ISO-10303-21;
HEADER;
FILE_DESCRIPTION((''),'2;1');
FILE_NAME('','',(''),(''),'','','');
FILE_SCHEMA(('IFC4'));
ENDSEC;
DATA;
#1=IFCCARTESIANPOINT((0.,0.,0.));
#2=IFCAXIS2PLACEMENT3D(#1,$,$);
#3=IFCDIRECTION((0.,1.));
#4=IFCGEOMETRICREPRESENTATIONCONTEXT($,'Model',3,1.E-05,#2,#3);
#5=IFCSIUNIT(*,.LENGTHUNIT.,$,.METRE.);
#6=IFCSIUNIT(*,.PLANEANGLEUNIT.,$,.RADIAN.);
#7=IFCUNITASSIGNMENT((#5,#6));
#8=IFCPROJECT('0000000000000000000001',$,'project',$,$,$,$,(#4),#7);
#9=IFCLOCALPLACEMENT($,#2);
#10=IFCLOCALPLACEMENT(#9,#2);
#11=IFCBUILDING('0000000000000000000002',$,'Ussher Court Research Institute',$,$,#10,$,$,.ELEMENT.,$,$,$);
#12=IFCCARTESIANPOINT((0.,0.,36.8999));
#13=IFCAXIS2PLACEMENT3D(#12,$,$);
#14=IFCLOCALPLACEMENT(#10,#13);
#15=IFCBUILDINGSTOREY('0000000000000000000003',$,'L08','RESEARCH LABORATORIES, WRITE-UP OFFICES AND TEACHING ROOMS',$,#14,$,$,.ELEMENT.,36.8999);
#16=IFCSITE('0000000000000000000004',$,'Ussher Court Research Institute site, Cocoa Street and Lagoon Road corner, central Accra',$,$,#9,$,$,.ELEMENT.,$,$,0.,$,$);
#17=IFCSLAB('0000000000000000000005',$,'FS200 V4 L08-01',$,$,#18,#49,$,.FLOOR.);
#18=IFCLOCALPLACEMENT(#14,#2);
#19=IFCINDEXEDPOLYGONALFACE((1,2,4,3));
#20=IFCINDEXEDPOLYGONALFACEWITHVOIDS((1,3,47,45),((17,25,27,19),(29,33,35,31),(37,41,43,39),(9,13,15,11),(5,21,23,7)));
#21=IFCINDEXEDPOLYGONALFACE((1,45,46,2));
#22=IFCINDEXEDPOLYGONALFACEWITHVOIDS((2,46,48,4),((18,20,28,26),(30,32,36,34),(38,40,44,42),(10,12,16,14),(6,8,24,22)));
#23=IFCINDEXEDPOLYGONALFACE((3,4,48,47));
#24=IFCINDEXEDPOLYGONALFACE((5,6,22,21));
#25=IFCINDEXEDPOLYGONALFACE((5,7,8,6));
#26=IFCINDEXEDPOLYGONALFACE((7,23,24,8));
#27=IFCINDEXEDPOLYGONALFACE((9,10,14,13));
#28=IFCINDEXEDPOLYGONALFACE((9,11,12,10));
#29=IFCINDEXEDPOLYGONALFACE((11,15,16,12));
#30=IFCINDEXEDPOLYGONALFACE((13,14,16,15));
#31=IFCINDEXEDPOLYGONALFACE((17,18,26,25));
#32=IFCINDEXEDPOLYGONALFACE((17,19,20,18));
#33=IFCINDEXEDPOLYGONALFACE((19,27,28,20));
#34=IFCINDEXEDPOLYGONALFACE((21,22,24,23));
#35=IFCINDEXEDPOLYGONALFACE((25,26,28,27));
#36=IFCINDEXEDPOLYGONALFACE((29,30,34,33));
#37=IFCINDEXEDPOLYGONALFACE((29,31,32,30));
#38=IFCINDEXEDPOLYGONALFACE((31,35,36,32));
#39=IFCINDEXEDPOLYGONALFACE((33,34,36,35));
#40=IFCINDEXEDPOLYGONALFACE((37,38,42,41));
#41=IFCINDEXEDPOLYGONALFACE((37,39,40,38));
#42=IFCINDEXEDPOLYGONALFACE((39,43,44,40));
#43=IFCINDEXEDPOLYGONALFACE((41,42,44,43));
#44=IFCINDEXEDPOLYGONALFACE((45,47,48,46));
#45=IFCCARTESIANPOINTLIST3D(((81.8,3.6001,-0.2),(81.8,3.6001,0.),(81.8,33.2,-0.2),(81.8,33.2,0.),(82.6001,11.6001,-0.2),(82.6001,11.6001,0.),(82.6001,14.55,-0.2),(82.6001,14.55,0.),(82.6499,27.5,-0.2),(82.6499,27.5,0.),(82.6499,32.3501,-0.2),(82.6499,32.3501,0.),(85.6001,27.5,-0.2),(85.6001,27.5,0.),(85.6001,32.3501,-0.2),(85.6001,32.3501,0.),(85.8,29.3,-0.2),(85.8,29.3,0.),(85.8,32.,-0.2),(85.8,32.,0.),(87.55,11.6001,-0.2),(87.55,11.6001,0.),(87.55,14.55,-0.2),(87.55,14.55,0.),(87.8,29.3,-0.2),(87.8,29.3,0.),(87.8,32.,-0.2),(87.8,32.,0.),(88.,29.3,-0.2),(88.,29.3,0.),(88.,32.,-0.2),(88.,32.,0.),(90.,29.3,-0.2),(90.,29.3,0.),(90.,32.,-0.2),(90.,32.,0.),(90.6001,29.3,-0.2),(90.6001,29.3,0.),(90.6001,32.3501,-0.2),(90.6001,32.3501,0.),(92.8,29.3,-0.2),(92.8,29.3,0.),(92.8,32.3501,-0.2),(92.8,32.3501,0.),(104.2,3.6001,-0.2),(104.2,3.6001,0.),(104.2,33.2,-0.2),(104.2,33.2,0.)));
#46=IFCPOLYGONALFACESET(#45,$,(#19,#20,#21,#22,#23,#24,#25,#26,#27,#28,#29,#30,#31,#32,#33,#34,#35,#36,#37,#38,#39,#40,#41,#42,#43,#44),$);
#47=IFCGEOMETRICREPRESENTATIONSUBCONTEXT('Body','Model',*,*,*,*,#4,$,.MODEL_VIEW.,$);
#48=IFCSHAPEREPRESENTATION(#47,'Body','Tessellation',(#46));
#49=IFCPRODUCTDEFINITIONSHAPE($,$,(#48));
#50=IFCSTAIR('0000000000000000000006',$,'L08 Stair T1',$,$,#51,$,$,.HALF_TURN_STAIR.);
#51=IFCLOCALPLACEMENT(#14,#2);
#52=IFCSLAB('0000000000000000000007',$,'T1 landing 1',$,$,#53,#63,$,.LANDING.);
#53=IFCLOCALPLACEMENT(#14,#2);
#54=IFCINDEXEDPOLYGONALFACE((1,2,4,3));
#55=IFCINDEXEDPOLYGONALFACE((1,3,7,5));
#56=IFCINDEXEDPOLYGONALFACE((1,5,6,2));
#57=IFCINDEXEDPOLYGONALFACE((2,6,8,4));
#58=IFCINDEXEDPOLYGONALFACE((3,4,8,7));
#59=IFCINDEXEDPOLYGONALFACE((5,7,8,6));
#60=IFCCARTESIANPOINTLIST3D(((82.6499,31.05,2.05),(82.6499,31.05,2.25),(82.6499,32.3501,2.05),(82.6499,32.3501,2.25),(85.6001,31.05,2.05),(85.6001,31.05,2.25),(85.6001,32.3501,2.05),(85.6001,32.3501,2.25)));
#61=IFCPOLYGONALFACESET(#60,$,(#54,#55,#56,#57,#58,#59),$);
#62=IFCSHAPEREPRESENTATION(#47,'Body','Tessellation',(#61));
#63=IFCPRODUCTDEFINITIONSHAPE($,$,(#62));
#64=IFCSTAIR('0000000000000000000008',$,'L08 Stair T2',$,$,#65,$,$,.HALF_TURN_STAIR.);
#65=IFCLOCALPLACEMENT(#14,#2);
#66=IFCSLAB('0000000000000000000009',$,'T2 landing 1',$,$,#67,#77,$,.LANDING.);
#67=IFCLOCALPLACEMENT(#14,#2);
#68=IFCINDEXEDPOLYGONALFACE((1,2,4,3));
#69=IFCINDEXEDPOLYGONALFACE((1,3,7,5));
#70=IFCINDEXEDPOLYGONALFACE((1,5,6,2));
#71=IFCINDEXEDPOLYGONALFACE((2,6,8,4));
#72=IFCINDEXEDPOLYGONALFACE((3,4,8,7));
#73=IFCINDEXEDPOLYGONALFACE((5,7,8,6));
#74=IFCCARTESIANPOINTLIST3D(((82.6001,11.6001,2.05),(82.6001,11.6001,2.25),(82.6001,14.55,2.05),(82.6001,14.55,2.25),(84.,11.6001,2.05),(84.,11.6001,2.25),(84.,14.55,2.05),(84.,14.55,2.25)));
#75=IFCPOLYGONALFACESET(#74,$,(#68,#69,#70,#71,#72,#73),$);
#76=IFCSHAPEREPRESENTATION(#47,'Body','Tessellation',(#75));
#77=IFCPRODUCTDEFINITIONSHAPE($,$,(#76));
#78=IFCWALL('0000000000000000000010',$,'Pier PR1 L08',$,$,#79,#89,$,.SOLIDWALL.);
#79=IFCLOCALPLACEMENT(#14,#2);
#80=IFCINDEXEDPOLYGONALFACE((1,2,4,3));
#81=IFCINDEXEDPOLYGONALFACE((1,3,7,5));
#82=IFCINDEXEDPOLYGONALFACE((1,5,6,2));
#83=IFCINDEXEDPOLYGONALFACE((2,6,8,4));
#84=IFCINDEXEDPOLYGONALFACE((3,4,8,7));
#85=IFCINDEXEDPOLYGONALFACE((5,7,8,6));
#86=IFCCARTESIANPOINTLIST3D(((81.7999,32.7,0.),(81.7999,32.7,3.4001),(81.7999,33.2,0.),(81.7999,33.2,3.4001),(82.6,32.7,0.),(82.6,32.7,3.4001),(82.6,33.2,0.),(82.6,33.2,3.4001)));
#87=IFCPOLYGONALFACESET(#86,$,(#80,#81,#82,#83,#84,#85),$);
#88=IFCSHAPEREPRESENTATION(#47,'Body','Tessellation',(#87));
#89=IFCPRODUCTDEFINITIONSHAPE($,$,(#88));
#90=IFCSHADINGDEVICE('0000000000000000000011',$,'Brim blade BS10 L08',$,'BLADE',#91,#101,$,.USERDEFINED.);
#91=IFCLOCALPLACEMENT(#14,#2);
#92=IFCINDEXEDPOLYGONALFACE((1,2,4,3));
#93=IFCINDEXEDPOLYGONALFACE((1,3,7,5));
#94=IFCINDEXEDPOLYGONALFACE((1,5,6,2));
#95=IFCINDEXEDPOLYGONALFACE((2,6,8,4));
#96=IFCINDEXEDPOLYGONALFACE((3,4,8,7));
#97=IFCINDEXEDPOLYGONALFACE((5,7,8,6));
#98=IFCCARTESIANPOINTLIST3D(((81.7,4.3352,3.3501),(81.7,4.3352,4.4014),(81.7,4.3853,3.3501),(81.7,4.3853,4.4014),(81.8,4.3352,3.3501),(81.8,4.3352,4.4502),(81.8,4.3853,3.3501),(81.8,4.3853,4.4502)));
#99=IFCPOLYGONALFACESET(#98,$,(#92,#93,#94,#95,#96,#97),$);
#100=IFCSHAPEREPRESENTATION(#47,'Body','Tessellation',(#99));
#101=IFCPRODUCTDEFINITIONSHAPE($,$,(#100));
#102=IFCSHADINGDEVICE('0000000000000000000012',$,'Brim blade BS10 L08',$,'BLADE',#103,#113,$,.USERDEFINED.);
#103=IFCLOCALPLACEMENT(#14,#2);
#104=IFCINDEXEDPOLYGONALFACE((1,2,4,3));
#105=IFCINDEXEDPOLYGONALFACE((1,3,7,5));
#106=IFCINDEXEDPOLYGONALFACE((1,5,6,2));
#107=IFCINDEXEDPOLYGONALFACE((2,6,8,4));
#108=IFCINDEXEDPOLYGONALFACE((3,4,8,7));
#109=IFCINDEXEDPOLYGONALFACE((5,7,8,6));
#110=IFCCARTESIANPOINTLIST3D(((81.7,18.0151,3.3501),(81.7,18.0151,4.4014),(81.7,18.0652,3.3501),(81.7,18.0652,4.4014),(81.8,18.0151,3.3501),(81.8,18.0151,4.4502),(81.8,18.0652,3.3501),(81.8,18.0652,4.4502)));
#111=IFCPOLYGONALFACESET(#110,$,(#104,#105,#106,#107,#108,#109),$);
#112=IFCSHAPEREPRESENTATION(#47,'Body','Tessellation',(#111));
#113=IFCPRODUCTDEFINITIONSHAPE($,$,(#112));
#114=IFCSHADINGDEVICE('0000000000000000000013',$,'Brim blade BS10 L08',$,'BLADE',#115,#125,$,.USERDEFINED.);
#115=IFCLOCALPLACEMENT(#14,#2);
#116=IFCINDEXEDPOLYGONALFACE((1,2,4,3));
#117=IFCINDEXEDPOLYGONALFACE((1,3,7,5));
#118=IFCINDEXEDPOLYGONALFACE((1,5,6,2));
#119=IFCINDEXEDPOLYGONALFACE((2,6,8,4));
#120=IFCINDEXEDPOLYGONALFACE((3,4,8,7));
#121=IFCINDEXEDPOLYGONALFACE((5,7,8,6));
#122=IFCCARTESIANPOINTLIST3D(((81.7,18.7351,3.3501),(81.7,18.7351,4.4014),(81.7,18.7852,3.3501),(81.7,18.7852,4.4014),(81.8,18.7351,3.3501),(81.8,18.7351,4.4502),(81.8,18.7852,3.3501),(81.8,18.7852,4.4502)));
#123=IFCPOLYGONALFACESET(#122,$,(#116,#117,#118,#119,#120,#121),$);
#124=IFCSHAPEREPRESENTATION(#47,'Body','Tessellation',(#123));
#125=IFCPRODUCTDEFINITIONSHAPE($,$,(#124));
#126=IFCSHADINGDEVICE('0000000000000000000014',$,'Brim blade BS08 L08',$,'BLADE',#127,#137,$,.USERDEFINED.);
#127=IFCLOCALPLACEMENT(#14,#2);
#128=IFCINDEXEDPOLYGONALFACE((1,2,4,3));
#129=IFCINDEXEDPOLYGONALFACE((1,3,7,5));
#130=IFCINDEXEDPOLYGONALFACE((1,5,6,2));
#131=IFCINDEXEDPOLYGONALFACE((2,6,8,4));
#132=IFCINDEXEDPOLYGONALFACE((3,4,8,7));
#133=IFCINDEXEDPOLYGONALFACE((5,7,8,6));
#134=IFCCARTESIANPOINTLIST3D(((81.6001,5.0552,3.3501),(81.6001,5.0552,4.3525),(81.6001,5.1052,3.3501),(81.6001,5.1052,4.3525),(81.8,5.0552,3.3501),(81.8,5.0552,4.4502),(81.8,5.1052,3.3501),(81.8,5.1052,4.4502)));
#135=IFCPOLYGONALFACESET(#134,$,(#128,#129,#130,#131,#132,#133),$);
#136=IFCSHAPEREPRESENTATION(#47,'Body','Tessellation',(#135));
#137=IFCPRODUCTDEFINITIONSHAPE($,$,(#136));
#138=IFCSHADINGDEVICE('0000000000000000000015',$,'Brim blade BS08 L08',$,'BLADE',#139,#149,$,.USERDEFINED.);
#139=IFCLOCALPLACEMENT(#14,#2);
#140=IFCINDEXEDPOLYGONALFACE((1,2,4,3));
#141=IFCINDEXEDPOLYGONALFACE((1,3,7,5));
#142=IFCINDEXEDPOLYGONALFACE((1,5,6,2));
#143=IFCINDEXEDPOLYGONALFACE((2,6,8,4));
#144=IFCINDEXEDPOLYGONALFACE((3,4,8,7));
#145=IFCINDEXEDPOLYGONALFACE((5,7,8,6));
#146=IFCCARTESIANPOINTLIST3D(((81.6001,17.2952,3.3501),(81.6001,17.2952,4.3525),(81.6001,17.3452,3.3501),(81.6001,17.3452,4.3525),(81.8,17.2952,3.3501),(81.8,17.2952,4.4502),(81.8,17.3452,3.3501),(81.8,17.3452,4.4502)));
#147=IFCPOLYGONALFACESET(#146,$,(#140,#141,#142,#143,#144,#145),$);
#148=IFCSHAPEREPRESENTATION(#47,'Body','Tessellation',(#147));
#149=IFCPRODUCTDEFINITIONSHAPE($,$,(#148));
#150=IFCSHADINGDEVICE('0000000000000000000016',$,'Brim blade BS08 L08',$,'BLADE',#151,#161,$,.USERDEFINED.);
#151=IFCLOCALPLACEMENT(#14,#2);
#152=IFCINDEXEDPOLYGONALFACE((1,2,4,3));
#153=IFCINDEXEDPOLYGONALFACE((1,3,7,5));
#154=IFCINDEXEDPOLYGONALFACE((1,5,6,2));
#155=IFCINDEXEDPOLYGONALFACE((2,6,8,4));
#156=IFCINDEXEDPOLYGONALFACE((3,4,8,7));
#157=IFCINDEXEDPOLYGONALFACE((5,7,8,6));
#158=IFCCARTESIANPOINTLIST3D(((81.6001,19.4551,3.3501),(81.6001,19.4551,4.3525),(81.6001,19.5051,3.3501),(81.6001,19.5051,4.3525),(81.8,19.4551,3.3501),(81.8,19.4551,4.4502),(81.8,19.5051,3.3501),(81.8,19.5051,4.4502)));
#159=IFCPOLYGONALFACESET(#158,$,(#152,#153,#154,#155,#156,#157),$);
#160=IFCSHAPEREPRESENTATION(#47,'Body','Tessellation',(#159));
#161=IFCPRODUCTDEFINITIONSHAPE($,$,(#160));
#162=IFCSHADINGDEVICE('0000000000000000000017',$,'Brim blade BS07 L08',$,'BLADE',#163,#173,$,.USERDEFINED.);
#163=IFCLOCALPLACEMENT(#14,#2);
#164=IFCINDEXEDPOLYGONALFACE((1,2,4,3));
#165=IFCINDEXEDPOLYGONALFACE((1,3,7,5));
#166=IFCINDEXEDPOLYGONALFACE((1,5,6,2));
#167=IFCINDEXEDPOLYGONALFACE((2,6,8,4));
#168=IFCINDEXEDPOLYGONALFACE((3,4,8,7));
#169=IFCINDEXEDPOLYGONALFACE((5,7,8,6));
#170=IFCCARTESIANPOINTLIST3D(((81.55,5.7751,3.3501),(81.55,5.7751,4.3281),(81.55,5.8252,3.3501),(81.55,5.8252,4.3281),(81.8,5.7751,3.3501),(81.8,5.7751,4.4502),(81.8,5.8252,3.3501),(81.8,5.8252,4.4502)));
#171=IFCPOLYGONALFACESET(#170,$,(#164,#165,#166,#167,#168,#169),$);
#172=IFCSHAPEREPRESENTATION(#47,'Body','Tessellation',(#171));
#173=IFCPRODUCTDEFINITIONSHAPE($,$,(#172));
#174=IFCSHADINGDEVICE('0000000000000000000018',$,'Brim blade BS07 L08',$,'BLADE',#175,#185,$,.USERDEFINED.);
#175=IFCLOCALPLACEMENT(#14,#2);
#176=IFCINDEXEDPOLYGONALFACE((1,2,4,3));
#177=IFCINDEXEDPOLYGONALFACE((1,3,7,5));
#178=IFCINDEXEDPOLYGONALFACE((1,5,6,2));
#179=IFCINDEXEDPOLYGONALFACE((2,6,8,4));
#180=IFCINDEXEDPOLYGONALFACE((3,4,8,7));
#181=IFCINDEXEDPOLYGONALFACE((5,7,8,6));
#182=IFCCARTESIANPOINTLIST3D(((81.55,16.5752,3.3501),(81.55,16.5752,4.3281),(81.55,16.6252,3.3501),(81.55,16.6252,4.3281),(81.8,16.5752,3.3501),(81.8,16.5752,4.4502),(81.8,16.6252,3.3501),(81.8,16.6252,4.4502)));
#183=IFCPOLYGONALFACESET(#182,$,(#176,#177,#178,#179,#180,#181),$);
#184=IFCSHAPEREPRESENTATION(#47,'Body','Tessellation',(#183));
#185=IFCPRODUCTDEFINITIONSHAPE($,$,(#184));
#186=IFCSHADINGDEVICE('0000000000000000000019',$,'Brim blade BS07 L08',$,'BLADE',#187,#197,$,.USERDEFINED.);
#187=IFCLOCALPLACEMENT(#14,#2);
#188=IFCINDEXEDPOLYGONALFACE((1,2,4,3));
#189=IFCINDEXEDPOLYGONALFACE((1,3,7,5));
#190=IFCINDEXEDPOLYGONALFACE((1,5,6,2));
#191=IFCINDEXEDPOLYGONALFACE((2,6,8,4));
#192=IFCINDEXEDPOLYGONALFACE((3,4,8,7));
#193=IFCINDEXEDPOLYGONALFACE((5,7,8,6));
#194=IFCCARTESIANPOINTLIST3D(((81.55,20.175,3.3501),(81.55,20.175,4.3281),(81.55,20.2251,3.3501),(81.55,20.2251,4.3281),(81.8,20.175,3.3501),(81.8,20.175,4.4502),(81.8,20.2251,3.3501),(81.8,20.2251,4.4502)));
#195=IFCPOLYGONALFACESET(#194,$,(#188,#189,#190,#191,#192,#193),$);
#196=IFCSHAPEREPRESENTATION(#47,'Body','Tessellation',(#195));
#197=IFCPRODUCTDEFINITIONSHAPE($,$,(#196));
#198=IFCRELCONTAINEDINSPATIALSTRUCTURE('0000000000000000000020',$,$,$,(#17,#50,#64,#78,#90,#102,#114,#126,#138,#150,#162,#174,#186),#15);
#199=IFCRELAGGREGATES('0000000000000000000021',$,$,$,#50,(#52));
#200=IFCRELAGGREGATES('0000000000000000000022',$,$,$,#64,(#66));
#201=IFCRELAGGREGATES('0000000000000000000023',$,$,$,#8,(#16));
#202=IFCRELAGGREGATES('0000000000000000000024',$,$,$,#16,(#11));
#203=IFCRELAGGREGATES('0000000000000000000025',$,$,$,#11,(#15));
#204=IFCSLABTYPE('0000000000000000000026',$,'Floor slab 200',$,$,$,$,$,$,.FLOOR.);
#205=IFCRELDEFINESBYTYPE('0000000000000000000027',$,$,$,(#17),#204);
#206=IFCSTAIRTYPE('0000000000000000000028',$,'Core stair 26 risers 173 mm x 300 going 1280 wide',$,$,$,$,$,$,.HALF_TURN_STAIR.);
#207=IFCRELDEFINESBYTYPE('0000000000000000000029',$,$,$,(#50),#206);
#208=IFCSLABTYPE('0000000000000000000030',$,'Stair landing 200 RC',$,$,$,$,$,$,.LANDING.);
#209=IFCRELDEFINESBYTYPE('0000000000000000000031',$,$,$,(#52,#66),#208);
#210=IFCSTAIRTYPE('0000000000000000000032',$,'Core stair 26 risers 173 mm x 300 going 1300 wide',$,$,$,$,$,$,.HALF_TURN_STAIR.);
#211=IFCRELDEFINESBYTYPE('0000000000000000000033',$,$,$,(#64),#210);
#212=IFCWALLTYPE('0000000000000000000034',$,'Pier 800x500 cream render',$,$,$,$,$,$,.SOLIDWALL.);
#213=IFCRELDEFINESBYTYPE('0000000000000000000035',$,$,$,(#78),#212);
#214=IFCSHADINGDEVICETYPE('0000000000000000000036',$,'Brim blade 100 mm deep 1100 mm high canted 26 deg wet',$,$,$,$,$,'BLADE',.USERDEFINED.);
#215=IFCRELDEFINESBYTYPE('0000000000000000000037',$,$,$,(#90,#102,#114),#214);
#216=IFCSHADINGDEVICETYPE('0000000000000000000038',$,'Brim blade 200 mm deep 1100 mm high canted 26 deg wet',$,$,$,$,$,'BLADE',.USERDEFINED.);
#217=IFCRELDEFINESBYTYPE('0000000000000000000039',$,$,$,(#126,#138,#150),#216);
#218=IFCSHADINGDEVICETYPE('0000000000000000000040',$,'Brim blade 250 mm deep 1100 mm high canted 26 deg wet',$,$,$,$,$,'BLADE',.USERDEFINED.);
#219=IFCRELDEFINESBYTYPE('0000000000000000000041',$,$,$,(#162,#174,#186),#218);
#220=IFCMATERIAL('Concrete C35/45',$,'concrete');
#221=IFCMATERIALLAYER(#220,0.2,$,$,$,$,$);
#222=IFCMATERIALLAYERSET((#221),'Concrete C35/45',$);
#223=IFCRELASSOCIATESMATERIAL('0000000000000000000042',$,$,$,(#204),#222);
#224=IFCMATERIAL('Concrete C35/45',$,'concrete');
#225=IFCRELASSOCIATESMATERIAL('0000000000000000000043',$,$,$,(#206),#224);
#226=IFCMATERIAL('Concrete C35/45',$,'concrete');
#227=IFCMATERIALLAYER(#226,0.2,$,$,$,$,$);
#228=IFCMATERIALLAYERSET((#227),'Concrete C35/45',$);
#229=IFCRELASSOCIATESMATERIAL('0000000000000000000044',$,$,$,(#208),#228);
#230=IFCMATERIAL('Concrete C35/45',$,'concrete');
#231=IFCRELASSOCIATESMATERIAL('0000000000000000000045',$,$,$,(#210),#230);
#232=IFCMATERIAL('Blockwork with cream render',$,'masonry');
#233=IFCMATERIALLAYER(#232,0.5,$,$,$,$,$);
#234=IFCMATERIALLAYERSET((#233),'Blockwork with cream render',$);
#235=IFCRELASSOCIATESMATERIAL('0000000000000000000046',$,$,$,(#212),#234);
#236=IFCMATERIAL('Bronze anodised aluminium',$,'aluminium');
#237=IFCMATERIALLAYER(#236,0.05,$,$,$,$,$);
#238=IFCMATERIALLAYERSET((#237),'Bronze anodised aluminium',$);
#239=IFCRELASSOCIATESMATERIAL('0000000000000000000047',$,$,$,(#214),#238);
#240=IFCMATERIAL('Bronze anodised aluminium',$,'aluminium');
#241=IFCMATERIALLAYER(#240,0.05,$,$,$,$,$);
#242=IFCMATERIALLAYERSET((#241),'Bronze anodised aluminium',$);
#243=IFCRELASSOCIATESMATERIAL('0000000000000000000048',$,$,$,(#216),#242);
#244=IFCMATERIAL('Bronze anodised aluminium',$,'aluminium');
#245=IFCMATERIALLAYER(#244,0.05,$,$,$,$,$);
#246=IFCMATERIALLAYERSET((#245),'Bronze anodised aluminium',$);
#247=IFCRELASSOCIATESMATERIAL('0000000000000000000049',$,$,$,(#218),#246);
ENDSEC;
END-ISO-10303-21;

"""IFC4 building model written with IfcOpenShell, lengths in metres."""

from ifc_helpers import new_model, si_unit, direction, frame, frame_2d, origin, place, context, subcontext, project, spatial, polyline, rectangle, outline, extrude, material, layer, layer_set, type_object, element, aggregate, save


model = new_model("IFC4")

# Units and contexts
model_context = context("Model", 3, precision=1e-05, world=origin(), true_north=direction((0.0, 1.0)))
body_context = subcontext(model_context, "Body", "Model", "MODEL_VIEW")
ifc_project = project(units=[si_unit("LENGTHUNIT", "METRE"), si_unit("PLANEANGLEUNIT", "RADIAN")], contexts=[model_context])

# Site, building, storey
site_placement = place(None, origin())
site = spatial("IfcSite", under=ifc_project, at=site_placement, Name="Ussher Court Research Institute site, Cocoa Street and Lagoon Road corner, central Accra", CompositionType="ELEMENT", RefElevation=0.0)
building_placement = place(site_placement, origin())
building = spatial("IfcBuilding", under=site, at=building_placement, Name="Ussher Court Research Institute", CompositionType="ELEMENT")
storey_placement = place(building_placement, frame((0.0, 0.0, 36.8999)))
storey = spatial("IfcBuildingStorey", under=building, at=storey_placement, Name="L08", Description="RESEARCH LABORATORIES, WRITE-UP OFFICES AND TEACHING ROOMS", CompositionType="ELEMENT", Elevation=36.8999)

# Slab
ifc_material_1 = material(Name="Concrete C35/45", Category="concrete")
ifc_layer_1 = layer(ifc_material_1, 0.2)
ifc_layer_set_1 = layer_set([ifc_layer_1], Name="Concrete C35/45")
slab_type_1 = type_object("IfcSlabType", Name="Floor slab 200", PredefinedType="FLOOR", material=ifc_layer_set_1)
slab_1_placement = place(storey_placement, frame((0.0, 0.0, -0.2)))
element("IfcSlab", 1, at=slab_1_placement, inside=storey, type_object=slab_type_1, Name="FS200 V4 L08-01", PredefinedType="FLOOR", context=body_context, shape_type="SweptSolid", body=[
    extrude(outline(polyline([(81.8, 3.6001), (104.2, 3.6001), (104.2, 33.2), (81.8, 33.2), (81.8, 3.6001)]), holes=[polyline([(82.6001, 14.55), (87.55, 14.55), (87.55, 11.6001), (82.6001, 11.6001), (82.6001, 14.55)]), polyline([(85.6001, 32.3501), (85.6001, 27.5), (82.6499, 27.5), (82.6499, 32.3501), (85.6001, 32.3501)]), polyline([(85.8, 32.0), (87.8, 32.0), (87.8, 29.3), (85.8, 29.3), (85.8, 32.0)]), polyline([(90.0, 32.0), (90.0, 29.3), (88.0, 29.3), (88.0, 32.0), (90.0, 32.0)]), polyline([(92.8, 32.3501), (92.8, 29.3), (90.6001, 29.3), (90.6001, 32.3501), (92.8, 32.3501)])]), origin(), (0.0, 0.0, 1.0), 0.2),
])

# Stairs, slabs
ifc_material_2 = material(Name="Concrete C35/45", Category="concrete")
stair_type_1 = type_object("IfcStairType", Name="Core stair 26 risers 173 mm x 300 going 1280 wide", PredefinedType="HALF_TURN_STAIR", material=ifc_material_2)
stair_1_placement = place(storey_placement, origin())
stair_1 = element("IfcStair", 2, at=stair_1_placement, inside=storey, type_object=stair_type_1, Name="L08 Stair T1", PredefinedType="HALF_TURN_STAIR")
ifc_material_3 = material(Name="Concrete C35/45", Category="concrete")
ifc_layer_2 = layer(ifc_material_3, 0.2)
ifc_layer_set_2 = layer_set([ifc_layer_2], Name="Concrete C35/45")
slab_type_2 = type_object("IfcSlabType", Name="Stair landing 200 RC", PredefinedType="LANDING", material=ifc_layer_set_2)
slab_2_placement = place(storey_placement, frame((0.0, 0.0, 2.05)))
slab_2 = element("IfcSlab", 3, at=slab_2_placement, type_object=slab_type_2, Name="T1 landing 1", PredefinedType="LANDING", context=body_context, shape_type="SweptSolid", body=[
    extrude(outline(polyline([(85.6001, 31.05), (85.6001, 32.3501), (82.6499, 32.3501), (82.6499, 31.05), (85.6001, 31.05)])), origin(), (0.0, 0.0, 1.0), 0.2),
])
aggregate(stair_1, [slab_2])
ifc_material_4 = material(Name="Concrete C35/45", Category="concrete")
stair_type_2 = type_object("IfcStairType", Name="Core stair 26 risers 173 mm x 300 going 1300 wide", PredefinedType="HALF_TURN_STAIR", material=ifc_material_4)
stair_2_placement = place(storey_placement, origin())
stair_2 = element("IfcStair", 4, at=stair_2_placement, inside=storey, type_object=stair_type_2, Name="L08 Stair T2", PredefinedType="HALF_TURN_STAIR")
slab_3_placement = place(storey_placement, frame((0.0, 0.0, 2.05)))
slab_3 = element("IfcSlab", 5, at=slab_3_placement, type_object=slab_type_2, Name="T2 landing 1", PredefinedType="LANDING", context=body_context, shape_type="SweptSolid", body=[
    extrude(outline(polyline([(84.0, 14.55), (82.6001, 14.55), (82.6001, 11.6001), (84.0, 11.6001), (84.0, 14.55)])), origin(), (0.0, 0.0, 1.0), 0.2),
])
aggregate(stair_2, [slab_3])

# Wall
ifc_material_5 = material(Name="Blockwork with cream render", Category="masonry")
ifc_layer_3 = layer(ifc_material_5, 0.5)
ifc_layer_set_3 = layer_set([ifc_layer_3], Name="Blockwork with cream render")
wall_type = type_object("IfcWallType", Name="Pier 800x500 cream render", PredefinedType="SOLIDWALL", material=ifc_layer_set_3)
wall_placement = place(storey_placement, frame((81.8, 32.95, 0.0), z_axis=(0.0, 0.0, 1.0), x_axis=(1.0, 0.0, 0.0)))
element("IfcWall", 6, at=wall_placement, inside=storey, type_object=wall_type, Name="Pier PR1 L08", PredefinedType="SOLIDWALL", context=body_context, shape_type="SweptSolid", body=[
    extrude(rectangle(XDim=0.8, YDim=0.5, at=frame_2d((0.3999, 0.0))), origin(), (0.0, 0.0, 1.0), 3.4001),
])

# Shading devices
ifc_material_6 = material(Name="Bronze anodised aluminium", Category="aluminium")
ifc_layer_4 = layer(ifc_material_6, 0.05)
ifc_layer_set_4 = layer_set([ifc_layer_4], Name="Bronze anodised aluminium")
shading_device_type_1 = type_object("IfcShadingDeviceType", Name="Brim blade 100 mm deep 1100 mm high canted 26 deg wet", ElementType="BLADE", PredefinedType="USERDEFINED", material=ifc_layer_set_4)
for number, where, z_axis, x_axis, name in (
    (7, (81.8, 4.3601, 3.3501), (0.0, 0.0, 1.0), (-1.0, 0.0, 0.0), "Brim blade BS10 L08"),
    (8, (81.8, 18.04, 3.3501), (0.0, 0.0, 1.0), (-1.0, 0.0, 0.0), "Brim blade BS10 L08"),
    (9, (81.8, 18.76, 3.3501), (0.0, 0.0, 1.0), (-1.0, 0.0, 0.0), "Brim blade BS10 L08"),
):
    element("IfcShadingDevice", number, at=place(storey_placement, frame(where, z_axis=z_axis, x_axis=x_axis)), inside=storey, type_object=shading_device_type_1, Name=name, ObjectType="BLADE", PredefinedType="USERDEFINED", context=body_context, shape_type="SweptSolid", body=[
        extrude(outline(polyline([(0.0, 0.0), (0.1001, 0.0), (0.1001, 1.0513), (0.0, 1.1001), (0.0, 0.0)])), frame((0.0, 0.0249, 0.0), z_axis=(0.0, -1.0, 0.0), x_axis=(1.0, 0.0, 0.0)), (0.0, 0.0, 1.0), 0.05),
    ])
ifc_material_7 = material(Name="Bronze anodised aluminium", Category="aluminium")
ifc_layer_5 = layer(ifc_material_7, 0.05)
ifc_layer_set_5 = layer_set([ifc_layer_5], Name="Bronze anodised aluminium")
shading_device_type_2 = type_object("IfcShadingDeviceType", Name="Brim blade 200 mm deep 1100 mm high canted 26 deg wet", ElementType="BLADE", PredefinedType="USERDEFINED", material=ifc_layer_set_5)
for number, where, z_axis, x_axis, name in (
    (10, (81.8, 5.0801, 3.3501), (0.0, 0.0, 1.0), (-1.0, 0.0, 0.0), "Brim blade BS08 L08"),
    (11, (81.8, 17.3201, 3.3501), (0.0, 0.0, 1.0), (-1.0, 0.0, 0.0), "Brim blade BS08 L08"),
    (12, (81.8, 19.48, 3.3501), (0.0, 0.0, 1.0), (-1.0, 0.0, 0.0), "Brim blade BS08 L08"),
):
    element("IfcShadingDevice", number, at=place(storey_placement, frame(where, z_axis=z_axis, x_axis=x_axis)), inside=storey, type_object=shading_device_type_2, Name=name, ObjectType="BLADE", PredefinedType="USERDEFINED", context=body_context, shape_type="SweptSolid", body=[
        extrude(outline(polyline([(0.0, 0.0), (0.2, 0.0), (0.2, 1.0024), (0.0, 1.1001), (0.0, 0.0)])), frame((0.0, 0.0249, 0.0), z_axis=(0.0, -1.0, 0.0), x_axis=(1.0, 0.0, 0.0)), (0.0, 0.0, 1.0), 0.05),
    ])
ifc_material_8 = material(Name="Bronze anodised aluminium", Category="aluminium")
ifc_layer_6 = layer(ifc_material_8, 0.05)
ifc_layer_set_6 = layer_set([ifc_layer_6], Name="Bronze anodised aluminium")
shading_device_type_3 = type_object("IfcShadingDeviceType", Name="Brim blade 250 mm deep 1100 mm high canted 26 deg wet", ElementType="BLADE", PredefinedType="USERDEFINED", material=ifc_layer_set_6)
for number, where, z_axis, x_axis, name in (
    (13, (81.8, 5.8, 3.3501), (0.0, 0.0, 1.0), (-1.0, 0.0, 0.0), "Brim blade BS07 L08"),
    (14, (81.8, 16.6001, 3.3501), (0.0, 0.0, 1.0), (-1.0, 0.0, 0.0), "Brim blade BS07 L08"),
    (15, (81.8, 20.2, 3.3501), (0.0, 0.0, 1.0), (-1.0, 0.0, 0.0), "Brim blade BS07 L08"),
):
    element("IfcShadingDevice", number, at=place(storey_placement, frame(where, z_axis=z_axis, x_axis=x_axis)), inside=storey, type_object=shading_device_type_3, Name=name, ObjectType="BLADE", PredefinedType="USERDEFINED", context=body_context, shape_type="SweptSolid", body=[
        extrude(outline(polyline([(0.0, 0.0), (0.25, 0.0), (0.25, 0.978), (0.0, 1.1001), (0.0, 0.0)])), frame((0.0, 0.0249, 0.0), z_axis=(0.0, -1.0, 0.0), x_axis=(1.0, 0.0, 0.0)), (0.0, 0.0, 1.0), 0.05),
    ])

save(model, "model.ifc")
